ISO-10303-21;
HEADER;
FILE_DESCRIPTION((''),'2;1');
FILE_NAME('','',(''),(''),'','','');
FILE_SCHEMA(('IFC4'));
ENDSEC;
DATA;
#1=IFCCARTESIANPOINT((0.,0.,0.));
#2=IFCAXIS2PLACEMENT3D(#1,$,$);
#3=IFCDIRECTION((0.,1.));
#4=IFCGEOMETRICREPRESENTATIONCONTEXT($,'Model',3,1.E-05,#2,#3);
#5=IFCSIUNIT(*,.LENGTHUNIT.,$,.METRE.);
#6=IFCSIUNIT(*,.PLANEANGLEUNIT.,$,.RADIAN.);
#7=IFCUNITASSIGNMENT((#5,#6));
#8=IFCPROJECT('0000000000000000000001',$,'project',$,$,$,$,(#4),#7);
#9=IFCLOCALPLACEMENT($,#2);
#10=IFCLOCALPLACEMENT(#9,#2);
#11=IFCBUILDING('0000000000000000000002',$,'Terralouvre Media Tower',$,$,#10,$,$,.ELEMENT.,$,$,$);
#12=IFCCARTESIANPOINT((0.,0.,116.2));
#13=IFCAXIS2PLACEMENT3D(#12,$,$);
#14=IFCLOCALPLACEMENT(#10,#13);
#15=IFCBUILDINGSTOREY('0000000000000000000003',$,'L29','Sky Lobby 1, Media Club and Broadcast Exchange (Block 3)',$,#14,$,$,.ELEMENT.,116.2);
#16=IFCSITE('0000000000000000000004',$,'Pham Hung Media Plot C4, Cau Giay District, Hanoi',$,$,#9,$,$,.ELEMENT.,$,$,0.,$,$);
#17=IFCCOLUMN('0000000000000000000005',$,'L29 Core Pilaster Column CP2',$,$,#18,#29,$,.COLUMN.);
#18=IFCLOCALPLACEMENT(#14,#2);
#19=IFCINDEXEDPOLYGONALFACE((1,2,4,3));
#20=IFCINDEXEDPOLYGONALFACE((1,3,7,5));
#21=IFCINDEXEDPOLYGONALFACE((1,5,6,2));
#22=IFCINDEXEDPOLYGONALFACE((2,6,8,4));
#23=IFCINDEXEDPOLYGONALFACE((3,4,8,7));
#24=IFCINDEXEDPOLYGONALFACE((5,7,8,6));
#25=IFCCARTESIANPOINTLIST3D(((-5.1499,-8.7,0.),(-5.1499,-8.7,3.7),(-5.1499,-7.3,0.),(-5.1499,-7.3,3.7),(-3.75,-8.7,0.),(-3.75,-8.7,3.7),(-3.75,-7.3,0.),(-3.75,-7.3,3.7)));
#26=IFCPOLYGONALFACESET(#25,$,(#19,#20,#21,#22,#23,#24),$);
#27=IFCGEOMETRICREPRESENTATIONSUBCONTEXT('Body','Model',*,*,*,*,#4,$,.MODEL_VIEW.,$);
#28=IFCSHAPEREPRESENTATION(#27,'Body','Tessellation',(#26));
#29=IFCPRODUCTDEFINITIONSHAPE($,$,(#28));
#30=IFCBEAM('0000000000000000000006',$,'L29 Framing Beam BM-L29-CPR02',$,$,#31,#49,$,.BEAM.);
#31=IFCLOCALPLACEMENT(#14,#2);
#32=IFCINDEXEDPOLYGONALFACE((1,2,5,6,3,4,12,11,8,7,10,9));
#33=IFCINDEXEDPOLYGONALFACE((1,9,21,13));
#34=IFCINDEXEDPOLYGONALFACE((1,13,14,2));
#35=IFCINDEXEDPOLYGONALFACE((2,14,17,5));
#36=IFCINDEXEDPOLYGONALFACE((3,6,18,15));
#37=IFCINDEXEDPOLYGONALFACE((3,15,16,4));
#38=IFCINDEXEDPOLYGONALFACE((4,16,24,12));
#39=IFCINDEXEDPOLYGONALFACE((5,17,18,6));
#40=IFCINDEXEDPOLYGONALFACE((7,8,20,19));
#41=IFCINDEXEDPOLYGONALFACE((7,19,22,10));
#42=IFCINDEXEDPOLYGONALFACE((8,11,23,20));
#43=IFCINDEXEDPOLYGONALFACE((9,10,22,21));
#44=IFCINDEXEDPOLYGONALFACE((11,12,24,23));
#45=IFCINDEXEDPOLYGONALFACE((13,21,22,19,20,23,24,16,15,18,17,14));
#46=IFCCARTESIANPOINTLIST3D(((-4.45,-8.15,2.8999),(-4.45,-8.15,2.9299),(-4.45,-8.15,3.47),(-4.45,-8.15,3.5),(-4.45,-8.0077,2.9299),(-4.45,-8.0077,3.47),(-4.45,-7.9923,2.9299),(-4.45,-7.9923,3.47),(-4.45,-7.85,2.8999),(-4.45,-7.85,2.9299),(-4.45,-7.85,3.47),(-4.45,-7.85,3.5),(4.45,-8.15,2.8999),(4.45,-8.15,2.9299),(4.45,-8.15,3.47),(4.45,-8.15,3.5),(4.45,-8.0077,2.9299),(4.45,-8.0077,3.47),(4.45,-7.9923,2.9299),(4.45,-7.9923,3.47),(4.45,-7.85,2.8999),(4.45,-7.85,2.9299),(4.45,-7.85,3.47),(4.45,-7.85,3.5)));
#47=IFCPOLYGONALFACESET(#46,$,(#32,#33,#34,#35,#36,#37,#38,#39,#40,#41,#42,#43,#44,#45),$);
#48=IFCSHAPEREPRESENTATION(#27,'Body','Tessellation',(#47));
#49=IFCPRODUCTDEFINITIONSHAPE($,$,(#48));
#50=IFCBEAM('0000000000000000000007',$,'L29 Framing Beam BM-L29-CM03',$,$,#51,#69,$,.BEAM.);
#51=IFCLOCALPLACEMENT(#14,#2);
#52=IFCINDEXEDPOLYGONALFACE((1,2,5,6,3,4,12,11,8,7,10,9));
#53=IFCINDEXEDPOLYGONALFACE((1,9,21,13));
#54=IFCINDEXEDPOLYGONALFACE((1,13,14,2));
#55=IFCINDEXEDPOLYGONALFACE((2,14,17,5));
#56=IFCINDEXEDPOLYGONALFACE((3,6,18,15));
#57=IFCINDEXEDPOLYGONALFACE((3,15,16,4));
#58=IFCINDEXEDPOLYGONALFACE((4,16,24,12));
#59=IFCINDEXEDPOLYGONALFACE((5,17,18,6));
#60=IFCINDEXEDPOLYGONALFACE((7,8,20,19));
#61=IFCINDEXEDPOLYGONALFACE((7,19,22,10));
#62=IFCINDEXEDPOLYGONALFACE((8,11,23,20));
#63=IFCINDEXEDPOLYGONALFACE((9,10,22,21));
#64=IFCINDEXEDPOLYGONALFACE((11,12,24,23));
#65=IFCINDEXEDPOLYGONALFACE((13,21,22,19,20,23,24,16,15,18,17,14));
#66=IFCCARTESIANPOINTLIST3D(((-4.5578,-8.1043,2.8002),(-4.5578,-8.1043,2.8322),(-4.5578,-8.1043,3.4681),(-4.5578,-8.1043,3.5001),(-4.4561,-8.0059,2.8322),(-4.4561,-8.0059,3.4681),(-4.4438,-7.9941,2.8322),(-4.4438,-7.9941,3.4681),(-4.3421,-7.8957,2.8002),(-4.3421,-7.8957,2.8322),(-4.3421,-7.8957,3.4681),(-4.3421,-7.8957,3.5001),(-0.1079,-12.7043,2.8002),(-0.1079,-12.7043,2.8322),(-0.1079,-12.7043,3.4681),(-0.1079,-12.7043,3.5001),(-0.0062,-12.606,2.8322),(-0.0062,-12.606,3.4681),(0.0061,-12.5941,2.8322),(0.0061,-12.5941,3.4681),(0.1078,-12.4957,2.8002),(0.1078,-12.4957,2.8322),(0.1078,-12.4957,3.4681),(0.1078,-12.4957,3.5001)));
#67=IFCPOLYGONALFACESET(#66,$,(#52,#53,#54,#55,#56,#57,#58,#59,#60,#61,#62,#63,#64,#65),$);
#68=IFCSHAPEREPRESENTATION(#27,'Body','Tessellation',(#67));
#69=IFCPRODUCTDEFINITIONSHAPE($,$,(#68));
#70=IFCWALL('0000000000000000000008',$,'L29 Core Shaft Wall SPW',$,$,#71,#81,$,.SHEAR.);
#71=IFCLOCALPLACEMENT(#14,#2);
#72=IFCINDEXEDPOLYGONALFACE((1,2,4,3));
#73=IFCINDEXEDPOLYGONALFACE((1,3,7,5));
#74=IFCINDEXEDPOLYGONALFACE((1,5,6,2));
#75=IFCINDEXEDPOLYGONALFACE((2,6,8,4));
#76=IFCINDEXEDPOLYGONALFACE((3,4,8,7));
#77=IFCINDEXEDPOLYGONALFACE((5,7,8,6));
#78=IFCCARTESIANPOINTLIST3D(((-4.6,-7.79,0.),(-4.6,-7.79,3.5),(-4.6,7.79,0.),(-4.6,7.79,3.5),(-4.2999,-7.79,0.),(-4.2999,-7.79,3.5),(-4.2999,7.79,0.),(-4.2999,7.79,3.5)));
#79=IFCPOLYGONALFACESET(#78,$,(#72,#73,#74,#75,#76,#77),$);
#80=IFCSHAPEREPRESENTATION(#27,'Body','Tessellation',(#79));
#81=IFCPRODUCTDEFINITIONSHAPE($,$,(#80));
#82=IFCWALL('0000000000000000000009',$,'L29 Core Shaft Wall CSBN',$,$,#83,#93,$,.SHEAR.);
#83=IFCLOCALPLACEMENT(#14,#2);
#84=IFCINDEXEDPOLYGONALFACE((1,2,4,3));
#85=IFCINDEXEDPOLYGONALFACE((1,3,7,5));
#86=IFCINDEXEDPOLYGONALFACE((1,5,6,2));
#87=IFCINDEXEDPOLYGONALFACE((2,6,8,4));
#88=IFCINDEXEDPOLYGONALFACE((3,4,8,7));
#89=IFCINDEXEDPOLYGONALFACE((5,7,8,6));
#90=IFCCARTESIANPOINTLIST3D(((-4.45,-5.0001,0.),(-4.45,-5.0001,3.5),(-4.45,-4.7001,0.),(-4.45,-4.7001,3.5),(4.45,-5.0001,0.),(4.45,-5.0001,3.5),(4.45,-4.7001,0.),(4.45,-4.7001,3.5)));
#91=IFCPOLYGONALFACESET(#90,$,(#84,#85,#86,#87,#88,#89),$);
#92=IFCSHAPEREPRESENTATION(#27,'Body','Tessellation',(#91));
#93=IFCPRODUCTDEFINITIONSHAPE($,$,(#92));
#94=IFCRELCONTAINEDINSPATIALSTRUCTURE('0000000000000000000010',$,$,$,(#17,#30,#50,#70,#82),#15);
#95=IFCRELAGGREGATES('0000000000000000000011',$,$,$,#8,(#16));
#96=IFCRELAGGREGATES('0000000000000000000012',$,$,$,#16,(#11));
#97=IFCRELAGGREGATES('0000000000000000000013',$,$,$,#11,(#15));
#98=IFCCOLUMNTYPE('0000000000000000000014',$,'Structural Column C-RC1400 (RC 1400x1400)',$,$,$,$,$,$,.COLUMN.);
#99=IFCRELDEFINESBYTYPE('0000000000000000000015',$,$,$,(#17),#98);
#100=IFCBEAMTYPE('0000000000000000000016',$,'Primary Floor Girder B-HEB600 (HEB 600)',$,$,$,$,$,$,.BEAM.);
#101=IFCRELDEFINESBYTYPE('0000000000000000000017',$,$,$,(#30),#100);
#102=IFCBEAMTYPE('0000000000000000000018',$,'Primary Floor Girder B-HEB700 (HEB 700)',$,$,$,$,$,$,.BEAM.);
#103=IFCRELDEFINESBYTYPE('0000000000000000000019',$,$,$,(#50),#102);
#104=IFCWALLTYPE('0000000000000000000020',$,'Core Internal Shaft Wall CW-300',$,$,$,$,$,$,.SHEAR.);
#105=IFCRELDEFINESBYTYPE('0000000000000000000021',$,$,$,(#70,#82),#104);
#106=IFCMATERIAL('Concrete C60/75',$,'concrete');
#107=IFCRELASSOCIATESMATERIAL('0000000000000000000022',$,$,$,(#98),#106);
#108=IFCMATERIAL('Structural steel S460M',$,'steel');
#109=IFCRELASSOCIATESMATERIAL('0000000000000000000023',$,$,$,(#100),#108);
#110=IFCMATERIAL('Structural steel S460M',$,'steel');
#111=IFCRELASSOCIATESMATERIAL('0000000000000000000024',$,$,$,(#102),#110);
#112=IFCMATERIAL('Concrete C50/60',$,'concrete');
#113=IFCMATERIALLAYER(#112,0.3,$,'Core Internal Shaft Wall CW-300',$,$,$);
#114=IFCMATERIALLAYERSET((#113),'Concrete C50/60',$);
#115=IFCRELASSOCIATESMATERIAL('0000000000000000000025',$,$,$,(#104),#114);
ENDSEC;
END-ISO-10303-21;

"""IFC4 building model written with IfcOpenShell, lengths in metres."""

from ifc_helpers import new_model, si_unit, direction, frame, frame_2d, origin, origin_2d, place, context, subcontext, project, spatial, rectangle, i_section, extrude, material, layer, layer_set, material_profile, profile_set, type_object, element, save


model = new_model("IFC4")

# Units and contexts
model_context = context("Model", 3, precision=1e-05, world=origin(), true_north=direction((0.0, 1.0)))
body_context = subcontext(model_context, "Body", "Model", "MODEL_VIEW")
ifc_project = project(units=[si_unit("LENGTHUNIT", "METRE"), si_unit("PLANEANGLEUNIT", "RADIAN")], contexts=[model_context])

# Site, building, storey
site_placement = place(None, origin())
site = spatial("IfcSite", under=ifc_project, at=site_placement, Name="Pham Hung Media Plot C4, Cau Giay District, Hanoi", CompositionType="ELEMENT", RefElevation=0.0)
building_placement = place(site_placement, origin())
building = spatial("IfcBuilding", under=site, at=building_placement, Name="Terralouvre Media Tower", CompositionType="ELEMENT")
storey_placement = place(building_placement, frame((0.0, 0.0, 116.2)))
storey = spatial("IfcBuildingStorey", under=building, at=storey_placement, Name="L29", Description="Sky Lobby 1, Media Club and Broadcast Exchange (Block 3)", CompositionType="ELEMENT", Elevation=116.2)

# Column
ifc_material_1 = material(Name="Concrete C60/75", Category="concrete")
ifc_material_profile_1 = material_profile(ifc_material_1, rectangle(XDim=1.3999, YDim=1.3999, at=origin_2d()), Name="RC 1400x1400")
ifc_profile_set_1 = profile_set([ifc_material_profile_1], Name="Concrete C60/75")
column_type = type_object("IfcColumnType", Name="Structural Column C-RC1400 (RC 1400x1400)", PredefinedType="COLUMN", material=ifc_profile_set_1)
column_placement = place(storey_placement, frame((-4.45, -8.0, 0.0), z_axis=(0.0, 0.0, 1.0), x_axis=(1.0, 0.0, 0.0)))
element("IfcColumn", 1, at=column_placement, inside=storey, type_object=column_type, Name="L29 Core Pilaster Column CP2", PredefinedType="COLUMN", context=body_context, shape_type="SweptSolid", body=[
    extrude(rectangle(XDim=1.3999, YDim=1.3999, at=origin_2d()), origin(), (0.0, 0.0, 1.0), 3.7),
])

# Beams
ifc_material_2 = material(Name="Structural steel S460M", Category="steel")
ifc_material_profile_2 = material_profile(ifc_material_2, i_section(OverallWidth=0.3, OverallDepth=0.6001, WebThickness=0.0154, FlangeThickness=0.03, at=origin_2d()), Name="HEB 600")
ifc_profile_set_2 = profile_set([ifc_material_profile_2], Name="Structural steel S460M")
beam_type_1 = type_object("IfcBeamType", Name="Primary Floor Girder B-HEB600 (HEB 600)", PredefinedType="BEAM", material=ifc_profile_set_2)
beam_1_placement = place(storey_placement, frame((-4.45, -8.0, 3.2), z_axis=(1.0, 0.0, 0.0), x_axis=(0.0, 1.0, 0.0)))
element("IfcBeam", 2, at=beam_1_placement, inside=storey, type_object=beam_type_1, Name="L29 Framing Beam BM-L29-CPR02", PredefinedType="BEAM", context=body_context, shape_type="SweptSolid", body=[
    extrude(i_section(OverallWidth=0.3, OverallDepth=0.6001, WebThickness=0.0154, FlangeThickness=0.03, at=origin_2d()), origin(), (0.0, 0.0, 1.0), 8.8999),
])
ifc_material_3 = material(Name="Structural steel S460M", Category="steel")
ifc_material_profile_3 = material_profile(ifc_material_3, i_section(OverallWidth=0.3, OverallDepth=0.7, WebThickness=0.0171, FlangeThickness=0.032, at=origin_2d()), Name="HEB 700")
ifc_profile_set_3 = profile_set([ifc_material_profile_3], Name="Structural steel S460M")
beam_type_2 = type_object("IfcBeamType", Name="Primary Floor Girder B-HEB700 (HEB 700)", PredefinedType="BEAM", material=ifc_profile_set_3)
beam_2_placement = place(storey_placement, frame((-4.45, -8.0, 3.1501), z_axis=(0.69528, -0.718739, 0.0), x_axis=(0.718739, 0.69528, 0.0)))
element("IfcBeam", 3, at=beam_2_placement, inside=storey, type_object=beam_type_2, Name="L29 Framing Beam BM-L29-CM03", PredefinedType="BEAM", context=body_context, shape_type="SweptSolid", body=[
    extrude(i_section(OverallWidth=0.3, OverallDepth=0.7, WebThickness=0.0171, FlangeThickness=0.032, at=origin_2d()), origin(), (0.0, 0.0, 1.0), 6.4001),
])

# Walls
ifc_material_4 = material(Name="Concrete C50/60", Category="concrete")
ifc_layer_1 = layer(ifc_material_4, 0.3, Name="Core Internal Shaft Wall CW-300")
ifc_layer_set_1 = layer_set([ifc_layer_1], Name="Concrete C50/60")
wall_type_1 = type_object("IfcWallType", Name="Core Internal Shaft Wall CW-300", PredefinedType="SHEAR", material=ifc_layer_set_1)
wall_1_placement = place(storey_placement, frame((-4.45, -7.79, 0.0), z_axis=(0.0, 0.0, 1.0), x_axis=(0.0, 1.0, 0.0)))
element("IfcWall", 4, at=wall_1_placement, inside=storey, type_object=wall_type_1, Name="L29 Core Shaft Wall SPW", PredefinedType="SHEAR", context=body_context, shape_type="SweptSolid", body=[
    extrude(rectangle(XDim=15.5801, YDim=0.3, at=frame_2d((7.79, 0.0))), origin(), (0.0, 0.0, 1.0), 3.5),
])
wall_2_placement = place(storey_placement, frame((-4.45, -4.8501, 0.0), z_axis=(0.0, 0.0, 1.0), x_axis=(1.0, 0.0, 0.0)))
element("IfcWall", 5, at=wall_2_placement, inside=storey, type_object=wall_type_1, Name="L29 Core Shaft Wall CSBN", PredefinedType="SHEAR", context=body_context, shape_type="SweptSolid", body=[
    extrude(rectangle(XDim=8.8999, YDim=0.3, at=frame_2d((4.45, 0.0))), origin(), (0.0, 0.0, 1.0), 3.5),
])

save(model, "model.ifc")
